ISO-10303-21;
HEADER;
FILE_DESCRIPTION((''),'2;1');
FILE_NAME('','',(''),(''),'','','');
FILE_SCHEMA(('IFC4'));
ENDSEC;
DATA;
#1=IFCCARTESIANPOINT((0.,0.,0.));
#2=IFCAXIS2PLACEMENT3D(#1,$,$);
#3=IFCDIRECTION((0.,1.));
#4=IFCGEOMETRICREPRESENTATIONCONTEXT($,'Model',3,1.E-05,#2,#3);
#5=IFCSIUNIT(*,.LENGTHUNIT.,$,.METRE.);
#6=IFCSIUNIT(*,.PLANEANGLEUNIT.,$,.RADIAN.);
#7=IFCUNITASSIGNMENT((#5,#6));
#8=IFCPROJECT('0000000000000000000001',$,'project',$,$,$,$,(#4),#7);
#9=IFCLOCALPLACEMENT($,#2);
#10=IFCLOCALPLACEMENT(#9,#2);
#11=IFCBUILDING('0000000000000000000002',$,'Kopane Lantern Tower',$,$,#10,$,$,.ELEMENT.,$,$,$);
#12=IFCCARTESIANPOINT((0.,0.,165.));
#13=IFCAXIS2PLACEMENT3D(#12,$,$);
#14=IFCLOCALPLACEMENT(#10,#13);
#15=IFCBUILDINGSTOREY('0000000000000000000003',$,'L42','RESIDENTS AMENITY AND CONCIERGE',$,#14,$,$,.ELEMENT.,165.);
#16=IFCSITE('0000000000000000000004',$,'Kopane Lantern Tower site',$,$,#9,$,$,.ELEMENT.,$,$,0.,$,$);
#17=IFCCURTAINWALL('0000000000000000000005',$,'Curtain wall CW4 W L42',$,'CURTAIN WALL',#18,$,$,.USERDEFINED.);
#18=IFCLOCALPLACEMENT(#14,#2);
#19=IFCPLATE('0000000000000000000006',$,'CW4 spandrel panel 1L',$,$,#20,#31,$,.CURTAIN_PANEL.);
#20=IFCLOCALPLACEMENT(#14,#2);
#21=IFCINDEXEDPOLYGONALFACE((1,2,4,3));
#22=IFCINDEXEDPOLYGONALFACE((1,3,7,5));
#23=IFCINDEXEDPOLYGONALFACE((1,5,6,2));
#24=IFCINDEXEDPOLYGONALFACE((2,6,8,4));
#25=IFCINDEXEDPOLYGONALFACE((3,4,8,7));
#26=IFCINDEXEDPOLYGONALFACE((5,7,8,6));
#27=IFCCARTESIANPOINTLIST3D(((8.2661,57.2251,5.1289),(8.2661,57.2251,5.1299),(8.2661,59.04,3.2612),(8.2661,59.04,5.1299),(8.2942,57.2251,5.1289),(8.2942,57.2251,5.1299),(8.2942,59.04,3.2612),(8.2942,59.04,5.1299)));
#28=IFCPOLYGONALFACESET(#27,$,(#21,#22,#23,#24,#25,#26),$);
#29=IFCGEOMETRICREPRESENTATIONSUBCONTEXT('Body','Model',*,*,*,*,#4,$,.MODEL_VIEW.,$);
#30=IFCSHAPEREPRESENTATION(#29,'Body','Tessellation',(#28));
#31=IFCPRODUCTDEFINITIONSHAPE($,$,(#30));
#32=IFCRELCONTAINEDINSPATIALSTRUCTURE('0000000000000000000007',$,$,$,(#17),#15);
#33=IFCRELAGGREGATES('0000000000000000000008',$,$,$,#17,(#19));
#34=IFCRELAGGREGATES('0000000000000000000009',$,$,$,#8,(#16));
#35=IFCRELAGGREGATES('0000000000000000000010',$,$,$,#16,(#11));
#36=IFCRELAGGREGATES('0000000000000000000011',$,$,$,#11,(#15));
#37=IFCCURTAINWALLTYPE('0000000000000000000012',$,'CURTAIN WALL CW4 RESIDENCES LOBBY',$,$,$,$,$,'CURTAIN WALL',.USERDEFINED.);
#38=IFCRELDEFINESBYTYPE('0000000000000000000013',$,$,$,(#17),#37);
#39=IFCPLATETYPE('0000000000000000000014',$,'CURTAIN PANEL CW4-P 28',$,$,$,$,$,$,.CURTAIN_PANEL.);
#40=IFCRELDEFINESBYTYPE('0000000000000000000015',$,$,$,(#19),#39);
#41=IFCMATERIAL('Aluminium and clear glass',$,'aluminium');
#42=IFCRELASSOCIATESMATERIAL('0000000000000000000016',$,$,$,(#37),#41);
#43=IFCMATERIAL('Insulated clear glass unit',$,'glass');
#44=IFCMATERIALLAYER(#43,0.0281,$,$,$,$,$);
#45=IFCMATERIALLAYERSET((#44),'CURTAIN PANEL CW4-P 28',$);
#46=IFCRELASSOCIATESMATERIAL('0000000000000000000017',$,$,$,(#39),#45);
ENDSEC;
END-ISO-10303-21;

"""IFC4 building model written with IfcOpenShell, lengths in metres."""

from ifc_helpers import new_model, si_unit, direction, frame, origin, place, context, subcontext, project, spatial, polyline, outline, extrude, material, layer, layer_set, type_object, element, aggregate, save


model = new_model("IFC4")

# Units and contexts
model_context = context("Model", 3, precision=1e-05, world=origin(), true_north=direction((0.0, 1.0)))
body_context = subcontext(model_context, "Body", "Model", "MODEL_VIEW")
ifc_project = project(units=[si_unit("LENGTHUNIT", "METRE"), si_unit("PLANEANGLEUNIT", "RADIAN")], contexts=[model_context])

# Site, building, storey
site_placement = place(None, origin())
site = spatial("IfcSite", under=ifc_project, at=site_placement, Name="Kopane Lantern Tower site", CompositionType="ELEMENT", RefElevation=0.0)
building_placement = place(site_placement, origin())
building = spatial("IfcBuilding", under=site, at=building_placement, Name="Kopane Lantern Tower", CompositionType="ELEMENT")
storey_placement = place(building_placement, frame((0.0, 0.0, 165.0)))
storey = spatial("IfcBuildingStorey", under=building, at=storey_placement, Name="L42", Description="RESIDENTS AMENITY AND CONCIERGE", CompositionType="ELEMENT", Elevation=165.0)

# Shared definitions
ifc_material_1 = material(Name="Aluminium and clear glass", Category="aluminium")
curtain_wall_type = type_object("IfcCurtainWallType", Name="CURTAIN WALL CW4 RESIDENCES LOBBY", ElementType="CURTAIN WALL", PredefinedType="USERDEFINED", material=ifc_material_1)

# Curtain wall
curtain_wall_1_placement = place(storey_placement, origin())
curtain_wall_1 = element("IfcCurtainWall", 1, at=curtain_wall_1_placement, inside=storey, type_object=curtain_wall_type, Name="Curtain wall CW4 W L42", ObjectType="CURTAIN WALL", PredefinedType="USERDEFINED")

# Plate
ifc_material_2 = material(Name="Insulated clear glass unit", Category="glass")
ifc_layer = layer(ifc_material_2, 0.0281)
ifc_layer_set = layer_set([ifc_layer], Name="CURTAIN PANEL CW4-P 28")
plate_type = type_object("IfcPlateType", Name="CURTAIN PANEL CW4-P 28", PredefinedType="CURTAIN_PANEL", material=ifc_layer_set)
plate_1_placement = place(storey_placement, frame((8.28, 59.04, 5.1299), z_axis=(0.0, 0.0, 1.0), x_axis=(0.0, -1.0, 0.0)))
plate_1 = element("IfcPlate", 2, at=plate_1_placement, type_object=plate_type, Name="CW4 spandrel panel 1L", PredefinedType="CURTAIN_PANEL", context=body_context, shape_type="SweptSolid", body=[
    extrude(outline(polyline([(0.0, 0.0), (1.8149, 0.0), (1.8149, -0.001), (0.0, -1.8687), (0.0, 0.0)])), frame((0.0, 0.0142, 0.0), z_axis=(0.0, -1.0, 0.0), x_axis=(1.0, 0.0, 0.0)), (0.0, 0.0, 1.0), 0.0281),
])
aggregate(curtain_wall_1, [plate_1])

save(model, "model.ifc")
